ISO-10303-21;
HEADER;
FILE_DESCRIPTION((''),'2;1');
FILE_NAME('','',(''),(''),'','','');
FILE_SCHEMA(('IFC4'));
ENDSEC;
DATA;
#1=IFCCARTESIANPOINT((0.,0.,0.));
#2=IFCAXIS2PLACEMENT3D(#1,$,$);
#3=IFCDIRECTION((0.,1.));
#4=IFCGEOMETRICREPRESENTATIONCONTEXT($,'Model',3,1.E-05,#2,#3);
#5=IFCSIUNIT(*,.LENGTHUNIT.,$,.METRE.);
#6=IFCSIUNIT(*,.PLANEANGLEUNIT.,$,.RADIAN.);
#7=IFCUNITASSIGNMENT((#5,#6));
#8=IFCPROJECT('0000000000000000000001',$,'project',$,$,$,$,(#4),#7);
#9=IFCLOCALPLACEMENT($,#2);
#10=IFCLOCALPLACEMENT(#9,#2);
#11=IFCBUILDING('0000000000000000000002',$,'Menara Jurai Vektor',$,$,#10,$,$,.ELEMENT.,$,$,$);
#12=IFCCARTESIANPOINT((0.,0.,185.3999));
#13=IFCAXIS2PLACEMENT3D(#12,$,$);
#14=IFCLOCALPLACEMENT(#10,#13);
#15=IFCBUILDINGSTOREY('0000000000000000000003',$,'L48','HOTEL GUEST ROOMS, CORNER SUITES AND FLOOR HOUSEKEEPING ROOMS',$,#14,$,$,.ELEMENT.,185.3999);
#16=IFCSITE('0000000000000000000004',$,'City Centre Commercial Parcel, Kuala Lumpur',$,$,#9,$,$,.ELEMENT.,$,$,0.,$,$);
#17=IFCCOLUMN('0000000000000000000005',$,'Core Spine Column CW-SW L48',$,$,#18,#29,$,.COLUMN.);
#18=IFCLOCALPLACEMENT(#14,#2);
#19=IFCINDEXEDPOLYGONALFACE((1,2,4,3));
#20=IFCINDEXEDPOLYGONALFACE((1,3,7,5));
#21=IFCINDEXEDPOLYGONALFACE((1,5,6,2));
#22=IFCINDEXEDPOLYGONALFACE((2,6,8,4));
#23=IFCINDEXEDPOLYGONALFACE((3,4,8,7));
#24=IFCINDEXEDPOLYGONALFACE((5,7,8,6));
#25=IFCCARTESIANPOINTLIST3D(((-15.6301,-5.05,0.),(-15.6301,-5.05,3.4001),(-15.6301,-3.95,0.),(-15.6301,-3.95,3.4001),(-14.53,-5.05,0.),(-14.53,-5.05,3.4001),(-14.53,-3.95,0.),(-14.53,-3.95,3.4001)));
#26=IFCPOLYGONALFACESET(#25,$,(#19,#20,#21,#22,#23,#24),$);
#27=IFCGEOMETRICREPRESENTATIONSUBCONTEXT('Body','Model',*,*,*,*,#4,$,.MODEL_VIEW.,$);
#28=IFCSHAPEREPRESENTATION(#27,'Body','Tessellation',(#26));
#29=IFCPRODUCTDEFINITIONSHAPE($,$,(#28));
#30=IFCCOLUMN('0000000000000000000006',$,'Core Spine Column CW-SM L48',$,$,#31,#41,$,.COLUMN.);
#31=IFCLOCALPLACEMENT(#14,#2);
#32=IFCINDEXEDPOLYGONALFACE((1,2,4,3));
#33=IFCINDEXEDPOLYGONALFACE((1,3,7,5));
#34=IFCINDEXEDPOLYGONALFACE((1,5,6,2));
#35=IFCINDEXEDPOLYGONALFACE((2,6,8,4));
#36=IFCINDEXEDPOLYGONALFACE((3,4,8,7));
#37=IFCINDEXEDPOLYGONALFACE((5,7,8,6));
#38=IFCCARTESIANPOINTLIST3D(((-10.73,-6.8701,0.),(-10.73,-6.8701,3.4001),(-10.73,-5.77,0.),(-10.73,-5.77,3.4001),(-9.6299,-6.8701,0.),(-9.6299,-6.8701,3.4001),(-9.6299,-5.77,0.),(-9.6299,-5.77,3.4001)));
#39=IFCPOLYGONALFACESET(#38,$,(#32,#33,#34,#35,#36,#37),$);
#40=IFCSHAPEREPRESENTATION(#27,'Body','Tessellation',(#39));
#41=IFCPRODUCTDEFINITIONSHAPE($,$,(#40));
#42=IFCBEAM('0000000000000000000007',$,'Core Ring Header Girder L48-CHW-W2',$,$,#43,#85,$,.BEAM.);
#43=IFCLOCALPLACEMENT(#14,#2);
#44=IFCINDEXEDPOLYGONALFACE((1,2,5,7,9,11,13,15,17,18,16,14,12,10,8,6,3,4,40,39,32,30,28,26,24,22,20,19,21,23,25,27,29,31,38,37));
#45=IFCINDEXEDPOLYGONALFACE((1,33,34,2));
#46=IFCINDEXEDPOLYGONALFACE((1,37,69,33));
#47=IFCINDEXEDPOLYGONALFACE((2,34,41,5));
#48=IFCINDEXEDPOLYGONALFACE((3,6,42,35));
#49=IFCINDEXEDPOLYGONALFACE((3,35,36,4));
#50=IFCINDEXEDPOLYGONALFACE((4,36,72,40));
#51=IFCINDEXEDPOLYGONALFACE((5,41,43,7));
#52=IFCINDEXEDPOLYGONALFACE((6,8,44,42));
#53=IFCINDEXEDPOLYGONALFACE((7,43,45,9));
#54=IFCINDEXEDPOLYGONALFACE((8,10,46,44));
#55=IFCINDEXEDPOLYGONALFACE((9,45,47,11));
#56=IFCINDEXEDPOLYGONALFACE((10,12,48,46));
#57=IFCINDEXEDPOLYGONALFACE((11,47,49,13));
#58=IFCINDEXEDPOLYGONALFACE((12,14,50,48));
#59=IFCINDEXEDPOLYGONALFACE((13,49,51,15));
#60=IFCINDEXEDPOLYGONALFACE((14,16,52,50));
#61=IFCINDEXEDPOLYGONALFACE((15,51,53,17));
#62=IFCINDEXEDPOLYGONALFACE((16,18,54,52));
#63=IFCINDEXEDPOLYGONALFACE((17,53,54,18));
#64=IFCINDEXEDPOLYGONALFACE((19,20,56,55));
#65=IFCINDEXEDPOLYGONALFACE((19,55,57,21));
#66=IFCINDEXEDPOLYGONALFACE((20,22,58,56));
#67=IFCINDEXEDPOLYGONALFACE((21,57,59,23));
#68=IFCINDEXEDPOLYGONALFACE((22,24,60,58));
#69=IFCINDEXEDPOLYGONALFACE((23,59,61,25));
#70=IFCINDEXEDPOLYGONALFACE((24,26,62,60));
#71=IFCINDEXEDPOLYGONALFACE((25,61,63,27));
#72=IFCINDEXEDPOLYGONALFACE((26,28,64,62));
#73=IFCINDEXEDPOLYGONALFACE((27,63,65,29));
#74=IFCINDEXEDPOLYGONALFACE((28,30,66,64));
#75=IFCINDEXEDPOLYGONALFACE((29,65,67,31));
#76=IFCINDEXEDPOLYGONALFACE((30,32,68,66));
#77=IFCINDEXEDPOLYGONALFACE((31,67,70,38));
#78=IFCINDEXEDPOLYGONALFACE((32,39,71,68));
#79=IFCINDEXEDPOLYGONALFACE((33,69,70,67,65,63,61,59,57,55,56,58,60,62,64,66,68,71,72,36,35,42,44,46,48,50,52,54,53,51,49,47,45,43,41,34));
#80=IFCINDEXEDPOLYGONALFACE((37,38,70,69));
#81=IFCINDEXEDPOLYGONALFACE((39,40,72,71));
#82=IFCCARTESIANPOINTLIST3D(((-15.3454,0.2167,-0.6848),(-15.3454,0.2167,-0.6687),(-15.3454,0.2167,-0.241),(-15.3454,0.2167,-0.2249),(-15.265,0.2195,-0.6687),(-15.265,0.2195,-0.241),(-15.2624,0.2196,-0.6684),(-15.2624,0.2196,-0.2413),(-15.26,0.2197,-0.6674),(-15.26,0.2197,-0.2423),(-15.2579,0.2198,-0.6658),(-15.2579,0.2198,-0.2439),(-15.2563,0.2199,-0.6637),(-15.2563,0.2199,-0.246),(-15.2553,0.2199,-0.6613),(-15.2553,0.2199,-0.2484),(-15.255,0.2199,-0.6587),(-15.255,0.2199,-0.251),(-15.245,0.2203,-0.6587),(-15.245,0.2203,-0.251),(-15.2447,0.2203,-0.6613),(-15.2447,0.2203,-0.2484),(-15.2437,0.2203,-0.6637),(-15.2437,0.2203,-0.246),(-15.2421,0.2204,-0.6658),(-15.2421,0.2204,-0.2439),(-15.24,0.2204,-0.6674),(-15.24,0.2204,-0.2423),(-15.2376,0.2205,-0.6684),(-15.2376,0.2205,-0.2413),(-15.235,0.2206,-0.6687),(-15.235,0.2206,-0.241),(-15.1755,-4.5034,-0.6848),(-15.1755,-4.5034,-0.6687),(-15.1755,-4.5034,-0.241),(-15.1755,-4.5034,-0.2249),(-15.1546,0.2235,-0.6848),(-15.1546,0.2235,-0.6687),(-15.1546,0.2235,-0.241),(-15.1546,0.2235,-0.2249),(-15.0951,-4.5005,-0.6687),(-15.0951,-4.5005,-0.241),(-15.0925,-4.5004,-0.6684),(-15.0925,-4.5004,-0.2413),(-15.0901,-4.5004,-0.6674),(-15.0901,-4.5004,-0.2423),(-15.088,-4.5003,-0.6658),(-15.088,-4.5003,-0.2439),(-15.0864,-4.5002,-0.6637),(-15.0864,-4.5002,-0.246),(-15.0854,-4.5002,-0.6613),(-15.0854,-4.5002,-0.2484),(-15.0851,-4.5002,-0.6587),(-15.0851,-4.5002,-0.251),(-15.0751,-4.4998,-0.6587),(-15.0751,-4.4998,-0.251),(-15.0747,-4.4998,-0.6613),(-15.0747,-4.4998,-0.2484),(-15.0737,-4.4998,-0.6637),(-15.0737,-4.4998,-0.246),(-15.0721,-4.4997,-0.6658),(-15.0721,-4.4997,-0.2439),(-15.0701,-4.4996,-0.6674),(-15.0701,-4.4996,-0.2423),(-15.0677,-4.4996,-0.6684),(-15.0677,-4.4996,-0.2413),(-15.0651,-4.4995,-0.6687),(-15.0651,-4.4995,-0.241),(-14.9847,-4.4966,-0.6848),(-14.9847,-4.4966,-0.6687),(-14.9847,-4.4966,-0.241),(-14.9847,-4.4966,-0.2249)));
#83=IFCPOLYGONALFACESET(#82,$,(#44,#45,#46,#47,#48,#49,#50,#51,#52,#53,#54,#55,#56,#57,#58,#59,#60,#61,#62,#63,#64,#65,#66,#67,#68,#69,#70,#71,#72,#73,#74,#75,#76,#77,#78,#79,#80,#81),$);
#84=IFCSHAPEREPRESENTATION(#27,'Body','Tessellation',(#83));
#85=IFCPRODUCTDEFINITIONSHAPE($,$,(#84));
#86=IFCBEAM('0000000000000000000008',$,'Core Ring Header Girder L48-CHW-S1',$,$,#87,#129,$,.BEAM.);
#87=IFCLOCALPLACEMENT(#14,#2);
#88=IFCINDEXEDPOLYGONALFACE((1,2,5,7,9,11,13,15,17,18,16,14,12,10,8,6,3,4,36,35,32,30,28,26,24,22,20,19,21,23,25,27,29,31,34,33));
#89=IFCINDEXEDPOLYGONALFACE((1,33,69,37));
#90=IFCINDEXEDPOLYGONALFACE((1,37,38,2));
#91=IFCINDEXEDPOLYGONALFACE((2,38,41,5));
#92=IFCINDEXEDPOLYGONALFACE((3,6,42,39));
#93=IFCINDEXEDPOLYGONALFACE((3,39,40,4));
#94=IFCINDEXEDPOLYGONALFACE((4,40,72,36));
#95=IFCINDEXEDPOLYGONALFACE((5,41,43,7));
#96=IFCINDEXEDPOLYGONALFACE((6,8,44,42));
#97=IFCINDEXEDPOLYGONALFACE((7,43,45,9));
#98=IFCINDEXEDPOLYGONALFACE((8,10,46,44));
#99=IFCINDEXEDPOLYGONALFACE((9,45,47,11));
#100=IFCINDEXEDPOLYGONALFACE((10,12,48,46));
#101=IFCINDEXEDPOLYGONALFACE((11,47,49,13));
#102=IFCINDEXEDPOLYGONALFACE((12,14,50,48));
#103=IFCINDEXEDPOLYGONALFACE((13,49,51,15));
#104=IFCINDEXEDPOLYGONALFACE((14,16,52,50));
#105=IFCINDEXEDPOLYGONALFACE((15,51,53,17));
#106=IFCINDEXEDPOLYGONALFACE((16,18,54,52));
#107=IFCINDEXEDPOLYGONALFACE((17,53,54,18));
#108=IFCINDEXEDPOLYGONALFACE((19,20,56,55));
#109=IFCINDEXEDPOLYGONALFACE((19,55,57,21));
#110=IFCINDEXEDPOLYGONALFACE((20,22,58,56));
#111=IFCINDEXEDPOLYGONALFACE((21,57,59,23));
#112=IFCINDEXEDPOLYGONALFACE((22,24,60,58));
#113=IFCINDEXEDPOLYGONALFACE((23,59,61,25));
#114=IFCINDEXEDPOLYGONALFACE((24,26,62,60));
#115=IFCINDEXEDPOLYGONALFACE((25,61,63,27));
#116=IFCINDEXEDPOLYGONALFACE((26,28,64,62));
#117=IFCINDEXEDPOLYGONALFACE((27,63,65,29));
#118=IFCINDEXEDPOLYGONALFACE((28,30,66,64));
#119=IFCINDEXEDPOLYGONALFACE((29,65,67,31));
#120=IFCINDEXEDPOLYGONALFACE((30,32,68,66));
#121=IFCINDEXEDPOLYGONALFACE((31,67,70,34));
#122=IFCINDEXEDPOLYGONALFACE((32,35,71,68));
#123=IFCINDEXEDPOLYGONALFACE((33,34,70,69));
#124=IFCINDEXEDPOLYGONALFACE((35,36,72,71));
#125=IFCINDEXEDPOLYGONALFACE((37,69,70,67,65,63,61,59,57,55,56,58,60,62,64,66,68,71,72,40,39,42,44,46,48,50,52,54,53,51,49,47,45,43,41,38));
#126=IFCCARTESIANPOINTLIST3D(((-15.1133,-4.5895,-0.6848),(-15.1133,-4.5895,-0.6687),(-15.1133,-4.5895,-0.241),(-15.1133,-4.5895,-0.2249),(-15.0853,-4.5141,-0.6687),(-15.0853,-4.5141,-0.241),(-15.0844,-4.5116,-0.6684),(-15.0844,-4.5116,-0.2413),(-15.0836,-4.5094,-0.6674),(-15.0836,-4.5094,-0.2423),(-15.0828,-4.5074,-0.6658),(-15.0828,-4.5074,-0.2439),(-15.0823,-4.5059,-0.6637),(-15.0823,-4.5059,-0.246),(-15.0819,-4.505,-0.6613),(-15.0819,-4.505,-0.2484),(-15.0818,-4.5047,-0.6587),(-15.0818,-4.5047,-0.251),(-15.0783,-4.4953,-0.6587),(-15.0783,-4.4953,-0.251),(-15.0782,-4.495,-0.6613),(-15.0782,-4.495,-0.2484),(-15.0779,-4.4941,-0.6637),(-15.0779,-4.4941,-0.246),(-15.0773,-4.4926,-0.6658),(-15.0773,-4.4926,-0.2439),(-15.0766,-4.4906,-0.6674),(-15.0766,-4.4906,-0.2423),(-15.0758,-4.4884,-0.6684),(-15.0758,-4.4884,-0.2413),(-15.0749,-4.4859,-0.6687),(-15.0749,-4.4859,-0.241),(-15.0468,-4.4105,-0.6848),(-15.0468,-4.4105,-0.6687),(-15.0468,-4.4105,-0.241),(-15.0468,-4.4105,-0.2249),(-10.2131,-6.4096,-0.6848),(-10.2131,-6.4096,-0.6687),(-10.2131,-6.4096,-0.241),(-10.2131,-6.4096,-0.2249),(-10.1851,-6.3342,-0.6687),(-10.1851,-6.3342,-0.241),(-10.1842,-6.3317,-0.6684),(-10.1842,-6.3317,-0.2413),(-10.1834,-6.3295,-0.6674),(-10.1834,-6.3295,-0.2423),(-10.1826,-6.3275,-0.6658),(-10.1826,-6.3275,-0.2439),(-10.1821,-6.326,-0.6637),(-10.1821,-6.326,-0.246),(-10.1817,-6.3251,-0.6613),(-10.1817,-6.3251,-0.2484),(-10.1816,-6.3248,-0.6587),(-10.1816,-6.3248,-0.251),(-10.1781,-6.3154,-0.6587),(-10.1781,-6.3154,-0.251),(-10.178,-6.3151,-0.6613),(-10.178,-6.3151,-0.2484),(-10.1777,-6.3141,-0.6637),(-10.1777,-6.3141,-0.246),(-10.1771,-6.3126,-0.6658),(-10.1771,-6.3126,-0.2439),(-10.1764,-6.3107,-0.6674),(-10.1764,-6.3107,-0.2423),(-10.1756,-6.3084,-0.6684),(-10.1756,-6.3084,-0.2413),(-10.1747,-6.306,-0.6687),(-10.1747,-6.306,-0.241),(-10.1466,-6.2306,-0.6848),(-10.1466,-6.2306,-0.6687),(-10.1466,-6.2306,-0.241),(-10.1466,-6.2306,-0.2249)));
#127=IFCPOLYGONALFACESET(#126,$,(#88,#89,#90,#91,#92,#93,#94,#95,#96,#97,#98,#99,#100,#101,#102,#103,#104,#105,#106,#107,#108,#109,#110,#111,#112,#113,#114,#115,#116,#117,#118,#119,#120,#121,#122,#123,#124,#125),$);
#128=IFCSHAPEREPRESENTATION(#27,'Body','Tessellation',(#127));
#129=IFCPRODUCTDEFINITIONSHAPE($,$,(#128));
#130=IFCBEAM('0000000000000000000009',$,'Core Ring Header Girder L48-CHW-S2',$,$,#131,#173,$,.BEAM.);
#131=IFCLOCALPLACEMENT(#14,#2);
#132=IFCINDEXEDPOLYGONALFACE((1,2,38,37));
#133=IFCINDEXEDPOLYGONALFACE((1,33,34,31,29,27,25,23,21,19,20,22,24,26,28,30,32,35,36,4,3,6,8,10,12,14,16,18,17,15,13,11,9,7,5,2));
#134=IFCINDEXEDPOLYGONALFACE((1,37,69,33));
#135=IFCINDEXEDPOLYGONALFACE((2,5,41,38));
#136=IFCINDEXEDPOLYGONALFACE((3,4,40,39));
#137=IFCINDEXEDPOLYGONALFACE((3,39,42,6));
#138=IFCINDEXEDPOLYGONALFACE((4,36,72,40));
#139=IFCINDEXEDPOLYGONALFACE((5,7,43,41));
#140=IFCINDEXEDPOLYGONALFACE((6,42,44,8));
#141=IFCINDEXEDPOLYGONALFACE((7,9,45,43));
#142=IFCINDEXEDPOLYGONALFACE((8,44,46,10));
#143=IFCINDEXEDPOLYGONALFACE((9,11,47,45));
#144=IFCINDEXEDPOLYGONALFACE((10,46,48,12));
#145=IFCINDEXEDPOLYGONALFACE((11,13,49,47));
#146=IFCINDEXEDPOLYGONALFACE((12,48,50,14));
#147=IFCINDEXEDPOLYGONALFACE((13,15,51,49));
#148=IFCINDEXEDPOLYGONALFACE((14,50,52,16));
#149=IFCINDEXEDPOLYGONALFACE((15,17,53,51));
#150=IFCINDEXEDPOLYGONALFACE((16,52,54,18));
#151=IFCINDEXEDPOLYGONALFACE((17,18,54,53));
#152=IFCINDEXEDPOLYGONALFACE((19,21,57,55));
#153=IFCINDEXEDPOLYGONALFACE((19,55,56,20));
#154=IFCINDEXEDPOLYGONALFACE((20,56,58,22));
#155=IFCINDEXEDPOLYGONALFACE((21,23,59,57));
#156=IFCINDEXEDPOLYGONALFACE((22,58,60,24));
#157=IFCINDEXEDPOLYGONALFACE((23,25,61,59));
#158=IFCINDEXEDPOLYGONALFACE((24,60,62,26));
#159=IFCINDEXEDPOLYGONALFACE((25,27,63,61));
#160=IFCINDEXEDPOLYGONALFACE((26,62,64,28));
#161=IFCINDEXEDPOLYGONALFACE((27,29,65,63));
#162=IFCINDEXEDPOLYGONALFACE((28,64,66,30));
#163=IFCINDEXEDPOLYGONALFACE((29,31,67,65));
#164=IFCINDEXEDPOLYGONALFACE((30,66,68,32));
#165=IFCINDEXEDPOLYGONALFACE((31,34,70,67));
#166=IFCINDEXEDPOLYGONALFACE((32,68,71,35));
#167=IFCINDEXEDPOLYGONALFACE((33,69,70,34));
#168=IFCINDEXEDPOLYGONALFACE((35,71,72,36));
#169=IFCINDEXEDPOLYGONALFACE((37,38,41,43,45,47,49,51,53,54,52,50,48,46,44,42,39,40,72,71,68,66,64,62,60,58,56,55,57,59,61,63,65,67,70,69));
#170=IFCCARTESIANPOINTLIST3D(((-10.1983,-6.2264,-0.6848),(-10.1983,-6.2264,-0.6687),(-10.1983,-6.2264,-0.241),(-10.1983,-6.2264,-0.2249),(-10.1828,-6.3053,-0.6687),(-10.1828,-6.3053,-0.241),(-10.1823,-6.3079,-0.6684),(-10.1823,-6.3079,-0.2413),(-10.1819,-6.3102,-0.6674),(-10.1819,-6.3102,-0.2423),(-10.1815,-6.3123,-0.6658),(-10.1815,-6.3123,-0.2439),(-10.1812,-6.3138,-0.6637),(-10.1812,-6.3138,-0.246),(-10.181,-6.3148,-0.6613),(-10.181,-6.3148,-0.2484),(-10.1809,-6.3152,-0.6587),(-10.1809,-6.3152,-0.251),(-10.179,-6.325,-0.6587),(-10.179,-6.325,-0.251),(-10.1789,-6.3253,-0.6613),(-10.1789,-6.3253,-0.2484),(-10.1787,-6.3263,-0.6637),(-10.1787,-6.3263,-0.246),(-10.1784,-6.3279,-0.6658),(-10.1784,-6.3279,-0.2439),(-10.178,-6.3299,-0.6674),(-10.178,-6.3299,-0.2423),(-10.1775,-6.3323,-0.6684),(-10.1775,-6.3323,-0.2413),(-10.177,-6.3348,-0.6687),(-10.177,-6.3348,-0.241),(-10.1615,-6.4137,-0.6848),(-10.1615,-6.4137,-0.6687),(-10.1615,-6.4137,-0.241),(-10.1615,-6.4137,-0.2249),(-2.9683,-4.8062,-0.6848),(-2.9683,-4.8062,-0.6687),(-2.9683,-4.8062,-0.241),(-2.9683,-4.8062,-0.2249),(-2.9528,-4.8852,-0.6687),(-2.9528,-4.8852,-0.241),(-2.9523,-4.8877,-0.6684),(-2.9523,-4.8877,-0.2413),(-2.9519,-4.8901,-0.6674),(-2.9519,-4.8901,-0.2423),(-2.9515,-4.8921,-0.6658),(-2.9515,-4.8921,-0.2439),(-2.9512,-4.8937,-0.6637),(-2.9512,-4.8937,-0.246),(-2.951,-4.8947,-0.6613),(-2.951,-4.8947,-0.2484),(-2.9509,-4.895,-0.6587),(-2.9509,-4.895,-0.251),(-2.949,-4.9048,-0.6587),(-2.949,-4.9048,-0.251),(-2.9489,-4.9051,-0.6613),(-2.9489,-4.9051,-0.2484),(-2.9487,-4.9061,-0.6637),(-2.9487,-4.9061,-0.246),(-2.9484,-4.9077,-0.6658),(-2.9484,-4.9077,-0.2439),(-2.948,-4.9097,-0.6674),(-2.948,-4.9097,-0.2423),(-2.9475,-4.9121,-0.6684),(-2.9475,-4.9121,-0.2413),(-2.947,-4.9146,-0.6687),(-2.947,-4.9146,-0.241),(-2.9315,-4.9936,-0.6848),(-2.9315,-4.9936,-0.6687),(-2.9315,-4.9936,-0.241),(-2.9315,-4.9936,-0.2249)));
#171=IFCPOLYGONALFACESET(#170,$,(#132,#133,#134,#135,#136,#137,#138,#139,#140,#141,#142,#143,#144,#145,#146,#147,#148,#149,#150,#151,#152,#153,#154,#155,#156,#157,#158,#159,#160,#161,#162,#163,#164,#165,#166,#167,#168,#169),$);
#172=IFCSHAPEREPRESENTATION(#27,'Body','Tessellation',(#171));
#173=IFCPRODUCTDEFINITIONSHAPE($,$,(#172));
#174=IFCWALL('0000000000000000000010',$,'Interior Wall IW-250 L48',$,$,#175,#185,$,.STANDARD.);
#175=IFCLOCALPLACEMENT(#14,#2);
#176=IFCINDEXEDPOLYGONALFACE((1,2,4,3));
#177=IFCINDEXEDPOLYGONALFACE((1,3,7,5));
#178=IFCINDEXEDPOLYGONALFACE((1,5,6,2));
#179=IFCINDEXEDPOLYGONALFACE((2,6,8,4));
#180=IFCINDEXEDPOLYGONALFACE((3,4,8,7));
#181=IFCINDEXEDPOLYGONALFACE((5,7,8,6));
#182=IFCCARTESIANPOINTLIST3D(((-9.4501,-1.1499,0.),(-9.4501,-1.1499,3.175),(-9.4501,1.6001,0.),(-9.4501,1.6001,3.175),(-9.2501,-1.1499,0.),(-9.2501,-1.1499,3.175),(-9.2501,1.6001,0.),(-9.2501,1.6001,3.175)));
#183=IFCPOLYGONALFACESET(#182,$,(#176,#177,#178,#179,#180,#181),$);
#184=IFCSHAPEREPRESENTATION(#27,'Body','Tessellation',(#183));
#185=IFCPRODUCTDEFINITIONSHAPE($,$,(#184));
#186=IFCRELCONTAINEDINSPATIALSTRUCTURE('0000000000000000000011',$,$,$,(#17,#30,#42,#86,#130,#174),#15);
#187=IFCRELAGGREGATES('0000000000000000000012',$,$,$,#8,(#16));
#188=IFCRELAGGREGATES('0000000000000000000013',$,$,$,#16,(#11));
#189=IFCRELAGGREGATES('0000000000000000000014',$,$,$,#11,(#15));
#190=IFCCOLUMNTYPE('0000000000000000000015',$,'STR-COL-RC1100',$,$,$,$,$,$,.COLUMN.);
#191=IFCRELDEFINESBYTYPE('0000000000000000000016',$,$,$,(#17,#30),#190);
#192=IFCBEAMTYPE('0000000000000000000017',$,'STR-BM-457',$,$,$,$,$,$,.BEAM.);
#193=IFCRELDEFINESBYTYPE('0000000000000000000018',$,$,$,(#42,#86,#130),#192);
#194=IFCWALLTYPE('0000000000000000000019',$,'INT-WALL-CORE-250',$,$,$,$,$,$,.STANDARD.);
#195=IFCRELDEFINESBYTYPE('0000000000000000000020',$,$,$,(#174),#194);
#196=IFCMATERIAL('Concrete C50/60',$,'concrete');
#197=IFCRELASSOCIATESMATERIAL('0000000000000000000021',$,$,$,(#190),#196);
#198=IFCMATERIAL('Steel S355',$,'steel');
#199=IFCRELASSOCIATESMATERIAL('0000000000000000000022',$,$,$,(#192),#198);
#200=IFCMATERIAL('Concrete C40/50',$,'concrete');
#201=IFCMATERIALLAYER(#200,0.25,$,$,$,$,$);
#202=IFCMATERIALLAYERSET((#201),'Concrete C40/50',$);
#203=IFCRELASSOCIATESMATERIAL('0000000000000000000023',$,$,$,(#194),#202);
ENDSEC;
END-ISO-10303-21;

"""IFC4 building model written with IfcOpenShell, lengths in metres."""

from ifc_helpers import new_model, si_unit, direction, frame, frame_2d, origin, origin_2d, place, context, subcontext, project, spatial, rectangle, i_section, extrude, material, layer, layer_set, material_profile, profile_set, type_object, element, save


model = new_model("IFC4")

# Units and contexts
model_context = context("Model", 3, precision=1e-05, world=origin(), true_north=direction((0.0, 1.0)))
body_context = subcontext(model_context, "Body", "Model", "MODEL_VIEW")
ifc_project = project(units=[si_unit("LENGTHUNIT", "METRE"), si_unit("PLANEANGLEUNIT", "RADIAN")], contexts=[model_context])

# Site, building, storey
site_placement = place(None, origin())
site = spatial("IfcSite", under=ifc_project, at=site_placement, Name="City Centre Commercial Parcel, Kuala Lumpur", CompositionType="ELEMENT", RefElevation=0.0)
building_placement = place(site_placement, origin())
building = spatial("IfcBuilding", under=site, at=building_placement, Name="Menara Jurai Vektor", CompositionType="ELEMENT")
storey_placement = place(building_placement, frame((0.0, 0.0, 185.3999)))
storey = spatial("IfcBuildingStorey", under=building, at=storey_placement, Name="L48", Description="HOTEL GUEST ROOMS, CORNER SUITES AND FLOOR HOUSEKEEPING ROOMS", CompositionType="ELEMENT", Elevation=185.3999)

# Columns
ifc_material_1 = material(Name="Concrete C50/60", Category="concrete")
ifc_material_profile_1 = material_profile(ifc_material_1, rectangle(XDim=1.1001, YDim=1.1001, at=origin_2d()), Name="RC 1100x1100")
ifc_profile_set_1 = profile_set([ifc_material_profile_1], Name="Concrete C50/60")
column_type = type_object("IfcColumnType", Name="STR-COL-RC1100", PredefinedType="COLUMN", material=ifc_profile_set_1)
for number, where, z_axis, x_axis, name in (
    (1, (-15.0801, -4.5, 0.0), (0.0, 0.0, 1.0), (1.0, 0.0, 0.0), "Core Spine Column CW-SW L48"),
    (2, (-10.1799, -6.3201, 0.0), (0.0, 0.0, 1.0), (1.0, 0.0, 0.0), "Core Spine Column CW-SM L48"),
):
    element("IfcColumn", number, at=place(storey_placement, frame(where, z_axis=z_axis, x_axis=x_axis)), inside=storey, type_object=column_type, Name=name, PredefinedType="COLUMN", context=body_context, shape_type="SweptSolid", body=[
        extrude(rectangle(XDim=1.1001, YDim=1.1001, at=origin_2d()), origin(), (0.0, 0.0, 1.0), 3.4001),
    ])

# Beams
ifc_material_2 = material(Name="Steel S355", Category="steel")
ifc_material_profile_2 = material_profile(ifc_material_2, i_section(OverallWidth=0.1909, OverallDepth=0.46, WebThickness=0.01, FlangeThickness=0.0161, FilletRadius=0.01, at=origin_2d()), Name="UKB 457x191x82")
ifc_profile_set_2 = profile_set([ifc_material_profile_2], Name="Steel S355")
beam_type = type_object("IfcBeamType", Name="STR-BM-457", PredefinedType="BEAM", material=ifc_profile_set_2)
beam_1_placement = place(storey_placement, frame((-15.0801, -4.5, -0.4548), z_axis=(-0.035977, 0.999353, 0.0), x_axis=(-0.999353, -0.035977, 0.0)))
element("IfcBeam", 3, at=beam_1_placement, inside=storey, type_object=beam_type, Name="Core Ring Header Girder L48-CHW-W2", PredefinedType="BEAM", context=body_context, shape_type="SweptSolid", body=[
    extrude(i_section(OverallWidth=0.1909, OverallDepth=0.46, WebThickness=0.01, FlangeThickness=0.0161, FilletRadius=0.01, at=origin_2d()), origin(), (0.0, 0.0, 1.0), 4.7231),
])
beam_2_placement = place(storey_placement, frame((-15.0801, -4.5, -0.4548), z_axis=(0.937424, -0.348189, 0.0), x_axis=(0.348189, 0.937424, 0.0)))
element("IfcBeam", 4, at=beam_2_placement, inside=storey, type_object=beam_type, Name="Core Ring Header Girder L48-CHW-S1", PredefinedType="BEAM", context=body_context, shape_type="SweptSolid", body=[
    extrude(i_section(OverallWidth=0.1909, OverallDepth=0.46, WebThickness=0.01, FlangeThickness=0.0161, FilletRadius=0.01, at=origin_2d()), origin(), (0.0, 0.0, 1.0), 5.2273),
])
beam_3_placement = place(storey_placement, frame((-10.1799, -6.3201, -0.4548), z_axis=(0.981249, 0.192744, 0.0), x_axis=(-0.192744, 0.981249, 0.0)))
element("IfcBeam", 5, at=beam_3_placement, inside=storey, type_object=beam_type, Name="Core Ring Header Girder L48-CHW-S2", PredefinedType="BEAM", context=body_context, shape_type="SweptSolid", body=[
    extrude(i_section(OverallWidth=0.1909, OverallDepth=0.46, WebThickness=0.01, FlangeThickness=0.0161, FilletRadius=0.01, at=origin_2d()), origin(), (0.0, 0.0, 1.0), 7.3682),
])

# Shared definitions
ifc_material_3 = material(Name="Concrete C40/50", Category="concrete")
ifc_layer_1 = layer(ifc_material_3, 0.25)
ifc_layer_set_1 = layer_set([ifc_layer_1], Name="Concrete C40/50")
wall_type_1 = type_object("IfcWallType", Name="INT-WALL-CORE-250", PredefinedType="STANDARD", material=ifc_layer_set_1)

# Wall
wall_1_placement = place(storey_placement, frame((-9.3501, -1.1499, 0.0), z_axis=(0.0, 0.0, 1.0), x_axis=(0.0, 1.0, 0.0)))
element("IfcWall", 6, at=wall_1_placement, inside=storey, type_object=wall_type_1, Name="Interior Wall IW-250 L48", PredefinedType="STANDARD", context=body_context, shape_type="SweptSolid", body=[
    extrude(rectangle(XDim=2.75, YDim=0.2, at=frame_2d((1.375, 0.0))), origin(), (0.0, 0.0, 1.0), 3.175),
])

save(model, "model.ifc")
